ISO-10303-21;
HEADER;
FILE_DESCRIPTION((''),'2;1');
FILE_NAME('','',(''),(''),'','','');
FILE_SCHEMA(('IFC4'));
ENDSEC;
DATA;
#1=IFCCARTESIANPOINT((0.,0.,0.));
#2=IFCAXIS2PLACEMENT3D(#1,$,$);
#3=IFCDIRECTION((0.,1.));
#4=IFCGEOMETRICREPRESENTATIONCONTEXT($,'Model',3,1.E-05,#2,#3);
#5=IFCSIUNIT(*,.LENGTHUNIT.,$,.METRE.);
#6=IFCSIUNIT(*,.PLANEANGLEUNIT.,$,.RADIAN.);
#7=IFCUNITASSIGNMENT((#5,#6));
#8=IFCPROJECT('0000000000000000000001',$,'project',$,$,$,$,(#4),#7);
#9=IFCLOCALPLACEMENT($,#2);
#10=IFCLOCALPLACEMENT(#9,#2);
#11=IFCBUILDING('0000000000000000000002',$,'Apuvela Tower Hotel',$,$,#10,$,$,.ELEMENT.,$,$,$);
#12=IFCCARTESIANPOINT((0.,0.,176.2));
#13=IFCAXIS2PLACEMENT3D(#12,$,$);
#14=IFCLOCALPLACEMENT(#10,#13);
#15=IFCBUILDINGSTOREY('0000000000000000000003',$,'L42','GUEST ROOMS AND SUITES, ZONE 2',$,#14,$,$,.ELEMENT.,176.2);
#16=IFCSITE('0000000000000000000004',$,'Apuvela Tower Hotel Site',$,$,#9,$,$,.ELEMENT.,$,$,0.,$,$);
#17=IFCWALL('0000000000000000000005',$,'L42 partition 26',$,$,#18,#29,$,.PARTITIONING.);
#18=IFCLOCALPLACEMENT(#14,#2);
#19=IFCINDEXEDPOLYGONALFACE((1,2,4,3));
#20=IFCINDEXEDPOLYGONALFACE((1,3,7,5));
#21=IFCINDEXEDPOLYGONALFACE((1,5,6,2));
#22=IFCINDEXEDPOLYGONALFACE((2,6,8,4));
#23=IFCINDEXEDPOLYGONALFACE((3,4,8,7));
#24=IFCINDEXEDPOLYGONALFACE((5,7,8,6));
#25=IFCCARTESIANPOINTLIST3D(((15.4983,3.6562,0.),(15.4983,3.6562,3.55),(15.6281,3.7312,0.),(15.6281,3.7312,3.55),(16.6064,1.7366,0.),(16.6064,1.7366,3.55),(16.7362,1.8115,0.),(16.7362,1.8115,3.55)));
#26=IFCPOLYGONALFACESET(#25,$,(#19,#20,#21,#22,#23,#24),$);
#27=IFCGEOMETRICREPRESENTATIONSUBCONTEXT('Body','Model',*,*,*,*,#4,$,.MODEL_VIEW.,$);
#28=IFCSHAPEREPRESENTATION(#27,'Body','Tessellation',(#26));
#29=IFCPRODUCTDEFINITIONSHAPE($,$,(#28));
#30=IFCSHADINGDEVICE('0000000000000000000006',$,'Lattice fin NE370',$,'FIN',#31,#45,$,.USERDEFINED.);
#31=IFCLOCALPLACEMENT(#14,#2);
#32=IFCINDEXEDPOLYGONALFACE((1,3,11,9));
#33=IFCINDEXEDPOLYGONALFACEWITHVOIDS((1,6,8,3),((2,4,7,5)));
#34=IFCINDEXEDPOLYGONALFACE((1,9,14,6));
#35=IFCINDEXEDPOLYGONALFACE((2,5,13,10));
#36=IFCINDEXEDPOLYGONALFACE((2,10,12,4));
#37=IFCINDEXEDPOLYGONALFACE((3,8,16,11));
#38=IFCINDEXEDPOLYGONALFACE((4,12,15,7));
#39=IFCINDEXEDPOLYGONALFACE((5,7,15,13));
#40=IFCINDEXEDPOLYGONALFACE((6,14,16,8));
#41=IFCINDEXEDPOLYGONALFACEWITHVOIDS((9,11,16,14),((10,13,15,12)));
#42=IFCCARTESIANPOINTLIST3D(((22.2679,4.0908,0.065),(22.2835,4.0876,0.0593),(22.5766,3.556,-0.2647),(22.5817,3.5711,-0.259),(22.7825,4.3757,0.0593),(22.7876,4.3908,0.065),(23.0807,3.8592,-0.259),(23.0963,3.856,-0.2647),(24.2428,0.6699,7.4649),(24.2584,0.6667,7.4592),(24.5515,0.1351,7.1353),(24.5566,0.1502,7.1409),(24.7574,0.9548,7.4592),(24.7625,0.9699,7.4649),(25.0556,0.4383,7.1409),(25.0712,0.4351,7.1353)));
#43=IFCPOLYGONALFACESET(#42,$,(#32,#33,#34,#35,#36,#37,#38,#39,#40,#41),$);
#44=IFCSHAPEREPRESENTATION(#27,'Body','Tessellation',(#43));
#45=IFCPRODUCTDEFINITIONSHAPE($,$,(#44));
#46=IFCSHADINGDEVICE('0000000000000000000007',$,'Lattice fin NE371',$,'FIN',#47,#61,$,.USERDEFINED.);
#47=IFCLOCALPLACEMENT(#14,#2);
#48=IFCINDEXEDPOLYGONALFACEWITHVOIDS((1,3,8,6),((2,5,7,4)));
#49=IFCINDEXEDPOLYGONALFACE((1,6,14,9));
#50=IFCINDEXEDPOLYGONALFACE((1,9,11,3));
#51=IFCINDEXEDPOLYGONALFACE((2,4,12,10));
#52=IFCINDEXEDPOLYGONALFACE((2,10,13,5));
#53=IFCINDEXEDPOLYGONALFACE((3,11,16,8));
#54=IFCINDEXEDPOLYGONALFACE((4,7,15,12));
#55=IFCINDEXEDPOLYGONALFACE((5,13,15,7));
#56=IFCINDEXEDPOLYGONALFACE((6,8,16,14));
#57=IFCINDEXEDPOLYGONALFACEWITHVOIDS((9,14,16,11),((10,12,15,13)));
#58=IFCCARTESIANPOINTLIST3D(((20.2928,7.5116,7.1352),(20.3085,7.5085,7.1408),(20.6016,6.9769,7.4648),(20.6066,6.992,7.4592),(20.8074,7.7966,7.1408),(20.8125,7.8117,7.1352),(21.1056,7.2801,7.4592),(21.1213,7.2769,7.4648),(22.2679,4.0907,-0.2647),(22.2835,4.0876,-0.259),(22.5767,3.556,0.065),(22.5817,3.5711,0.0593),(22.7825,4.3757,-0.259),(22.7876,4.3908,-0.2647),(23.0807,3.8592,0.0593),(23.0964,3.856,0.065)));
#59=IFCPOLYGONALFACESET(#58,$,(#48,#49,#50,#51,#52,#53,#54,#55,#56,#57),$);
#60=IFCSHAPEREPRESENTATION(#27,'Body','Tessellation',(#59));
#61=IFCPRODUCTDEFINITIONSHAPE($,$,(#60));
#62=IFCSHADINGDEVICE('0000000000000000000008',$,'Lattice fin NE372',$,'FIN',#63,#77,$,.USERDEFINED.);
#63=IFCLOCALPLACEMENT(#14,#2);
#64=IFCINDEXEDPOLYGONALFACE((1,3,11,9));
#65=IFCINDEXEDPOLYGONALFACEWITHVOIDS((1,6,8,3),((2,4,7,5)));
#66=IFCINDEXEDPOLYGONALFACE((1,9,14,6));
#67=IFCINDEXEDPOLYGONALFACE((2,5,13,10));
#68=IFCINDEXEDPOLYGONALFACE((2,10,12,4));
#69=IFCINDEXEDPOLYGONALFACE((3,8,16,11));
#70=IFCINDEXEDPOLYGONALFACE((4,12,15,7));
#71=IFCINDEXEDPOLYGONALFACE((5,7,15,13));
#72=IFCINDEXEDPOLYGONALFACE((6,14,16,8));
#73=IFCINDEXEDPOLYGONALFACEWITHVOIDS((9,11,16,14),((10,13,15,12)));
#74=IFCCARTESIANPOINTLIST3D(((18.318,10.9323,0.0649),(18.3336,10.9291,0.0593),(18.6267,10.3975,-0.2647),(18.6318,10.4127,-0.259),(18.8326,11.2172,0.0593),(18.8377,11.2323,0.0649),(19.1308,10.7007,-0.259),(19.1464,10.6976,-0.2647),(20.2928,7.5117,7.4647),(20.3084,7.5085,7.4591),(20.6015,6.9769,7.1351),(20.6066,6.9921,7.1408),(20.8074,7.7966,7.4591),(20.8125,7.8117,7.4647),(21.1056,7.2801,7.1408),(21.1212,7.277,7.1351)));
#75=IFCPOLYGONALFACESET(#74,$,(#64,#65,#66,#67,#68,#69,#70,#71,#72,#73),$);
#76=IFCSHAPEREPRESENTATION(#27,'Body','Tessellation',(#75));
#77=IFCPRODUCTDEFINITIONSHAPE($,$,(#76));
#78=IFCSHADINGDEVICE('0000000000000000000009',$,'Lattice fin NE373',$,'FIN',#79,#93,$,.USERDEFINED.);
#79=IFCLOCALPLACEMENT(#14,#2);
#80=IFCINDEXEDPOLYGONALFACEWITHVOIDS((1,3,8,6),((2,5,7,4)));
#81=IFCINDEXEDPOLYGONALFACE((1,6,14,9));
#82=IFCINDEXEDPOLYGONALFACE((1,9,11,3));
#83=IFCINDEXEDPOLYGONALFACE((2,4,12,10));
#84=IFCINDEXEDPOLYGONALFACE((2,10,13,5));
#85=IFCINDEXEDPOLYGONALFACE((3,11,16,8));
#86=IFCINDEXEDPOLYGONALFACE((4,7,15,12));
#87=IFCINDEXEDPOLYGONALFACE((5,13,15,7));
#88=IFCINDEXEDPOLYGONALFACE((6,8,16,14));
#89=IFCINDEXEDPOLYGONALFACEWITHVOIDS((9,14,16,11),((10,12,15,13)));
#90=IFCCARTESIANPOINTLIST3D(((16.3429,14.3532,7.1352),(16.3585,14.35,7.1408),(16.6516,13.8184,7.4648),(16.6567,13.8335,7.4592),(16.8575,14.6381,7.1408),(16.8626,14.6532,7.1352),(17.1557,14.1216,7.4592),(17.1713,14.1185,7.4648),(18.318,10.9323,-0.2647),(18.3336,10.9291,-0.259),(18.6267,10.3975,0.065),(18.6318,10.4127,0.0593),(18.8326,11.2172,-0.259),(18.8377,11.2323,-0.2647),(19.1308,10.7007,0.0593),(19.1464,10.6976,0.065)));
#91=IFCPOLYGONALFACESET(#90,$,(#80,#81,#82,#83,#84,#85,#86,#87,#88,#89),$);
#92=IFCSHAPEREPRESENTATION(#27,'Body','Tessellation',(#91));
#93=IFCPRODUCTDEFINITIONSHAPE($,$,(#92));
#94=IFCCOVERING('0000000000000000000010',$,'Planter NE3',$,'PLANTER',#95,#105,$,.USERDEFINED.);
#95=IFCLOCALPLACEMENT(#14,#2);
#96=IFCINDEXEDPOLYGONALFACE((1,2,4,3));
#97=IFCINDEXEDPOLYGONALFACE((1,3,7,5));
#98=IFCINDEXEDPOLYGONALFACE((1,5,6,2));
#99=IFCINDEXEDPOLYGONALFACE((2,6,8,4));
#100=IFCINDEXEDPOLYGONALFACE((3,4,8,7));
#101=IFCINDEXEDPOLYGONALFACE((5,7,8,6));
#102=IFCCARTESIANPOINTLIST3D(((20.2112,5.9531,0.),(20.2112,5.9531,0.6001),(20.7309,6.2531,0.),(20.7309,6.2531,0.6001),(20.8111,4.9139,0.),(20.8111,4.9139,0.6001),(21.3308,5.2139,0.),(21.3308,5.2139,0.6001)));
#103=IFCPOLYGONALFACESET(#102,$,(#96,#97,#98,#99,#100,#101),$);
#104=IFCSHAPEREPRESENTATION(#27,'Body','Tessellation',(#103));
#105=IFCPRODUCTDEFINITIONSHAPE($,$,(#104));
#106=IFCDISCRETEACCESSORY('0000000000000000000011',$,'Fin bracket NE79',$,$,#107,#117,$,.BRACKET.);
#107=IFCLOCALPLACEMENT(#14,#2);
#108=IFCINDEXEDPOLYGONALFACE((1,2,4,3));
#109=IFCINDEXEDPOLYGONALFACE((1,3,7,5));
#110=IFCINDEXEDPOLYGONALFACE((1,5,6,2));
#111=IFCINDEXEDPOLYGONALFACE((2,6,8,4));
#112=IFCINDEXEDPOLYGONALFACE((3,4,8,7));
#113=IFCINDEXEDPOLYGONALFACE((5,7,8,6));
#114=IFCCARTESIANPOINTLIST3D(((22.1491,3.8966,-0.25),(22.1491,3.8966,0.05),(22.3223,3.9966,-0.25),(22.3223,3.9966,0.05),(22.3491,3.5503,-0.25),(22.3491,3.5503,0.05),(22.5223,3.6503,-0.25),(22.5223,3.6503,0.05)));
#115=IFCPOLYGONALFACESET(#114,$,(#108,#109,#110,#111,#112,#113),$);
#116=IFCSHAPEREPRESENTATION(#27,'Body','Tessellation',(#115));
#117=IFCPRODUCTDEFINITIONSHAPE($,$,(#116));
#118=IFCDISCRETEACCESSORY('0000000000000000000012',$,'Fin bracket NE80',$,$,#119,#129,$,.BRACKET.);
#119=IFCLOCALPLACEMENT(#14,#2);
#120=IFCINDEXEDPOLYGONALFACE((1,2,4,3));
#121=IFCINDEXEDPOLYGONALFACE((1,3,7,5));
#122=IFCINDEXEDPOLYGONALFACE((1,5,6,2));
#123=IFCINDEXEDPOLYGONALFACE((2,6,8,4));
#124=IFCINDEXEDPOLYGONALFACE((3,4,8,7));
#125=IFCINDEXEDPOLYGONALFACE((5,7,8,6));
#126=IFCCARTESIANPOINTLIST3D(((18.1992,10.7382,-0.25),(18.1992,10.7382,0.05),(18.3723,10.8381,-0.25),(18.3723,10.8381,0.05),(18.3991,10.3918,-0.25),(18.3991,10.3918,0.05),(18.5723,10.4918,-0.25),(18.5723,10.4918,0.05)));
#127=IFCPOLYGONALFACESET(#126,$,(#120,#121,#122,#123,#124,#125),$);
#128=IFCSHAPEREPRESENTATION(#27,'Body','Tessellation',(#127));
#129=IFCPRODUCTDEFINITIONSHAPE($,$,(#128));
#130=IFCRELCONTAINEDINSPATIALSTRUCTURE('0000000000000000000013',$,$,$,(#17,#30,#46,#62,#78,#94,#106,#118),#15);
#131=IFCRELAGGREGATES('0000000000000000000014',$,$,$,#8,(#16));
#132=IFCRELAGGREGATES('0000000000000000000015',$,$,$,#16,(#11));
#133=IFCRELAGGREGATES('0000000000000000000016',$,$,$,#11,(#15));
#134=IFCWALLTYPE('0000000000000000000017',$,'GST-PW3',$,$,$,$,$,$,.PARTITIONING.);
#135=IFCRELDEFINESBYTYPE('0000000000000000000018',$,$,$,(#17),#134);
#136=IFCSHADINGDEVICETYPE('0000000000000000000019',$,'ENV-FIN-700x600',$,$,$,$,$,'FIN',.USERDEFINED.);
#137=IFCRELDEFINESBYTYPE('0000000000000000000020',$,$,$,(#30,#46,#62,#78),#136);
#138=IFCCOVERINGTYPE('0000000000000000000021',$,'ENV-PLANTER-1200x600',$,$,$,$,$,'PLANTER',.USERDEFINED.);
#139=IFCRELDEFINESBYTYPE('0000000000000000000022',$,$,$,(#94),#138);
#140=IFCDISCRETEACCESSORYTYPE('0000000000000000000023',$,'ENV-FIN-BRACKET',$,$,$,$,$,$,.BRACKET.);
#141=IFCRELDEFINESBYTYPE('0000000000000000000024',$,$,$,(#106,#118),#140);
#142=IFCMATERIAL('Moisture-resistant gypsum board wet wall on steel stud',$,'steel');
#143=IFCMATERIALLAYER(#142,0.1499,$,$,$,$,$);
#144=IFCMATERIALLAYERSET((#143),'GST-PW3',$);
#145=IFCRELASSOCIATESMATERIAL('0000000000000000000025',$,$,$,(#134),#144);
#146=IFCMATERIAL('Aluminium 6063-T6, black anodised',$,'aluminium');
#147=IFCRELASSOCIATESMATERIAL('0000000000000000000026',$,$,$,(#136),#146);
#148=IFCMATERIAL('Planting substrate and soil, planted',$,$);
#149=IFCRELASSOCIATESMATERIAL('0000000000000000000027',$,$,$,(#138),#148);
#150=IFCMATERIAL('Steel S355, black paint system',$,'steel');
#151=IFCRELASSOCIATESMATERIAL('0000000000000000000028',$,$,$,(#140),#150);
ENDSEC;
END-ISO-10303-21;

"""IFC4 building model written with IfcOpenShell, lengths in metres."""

from ifc_helpers import new_model, si_unit, direction, frame, frame_2d, origin, origin_2d, place, context, subcontext, project, spatial, rectangle, hollow_rectangle, extrude, material, layer, layer_set, material_profile, profile_set, type_object, element, save


model = new_model("IFC4")

# Units and contexts
model_context = context("Model", 3, precision=1e-05, world=origin(), true_north=direction((0.0, 1.0)))
body_context = subcontext(model_context, "Body", "Model", "MODEL_VIEW")
ifc_project = project(units=[si_unit("LENGTHUNIT", "METRE"), si_unit("PLANEANGLEUNIT", "RADIAN")], contexts=[model_context])

# Site, building, storey
site_placement = place(None, origin())
site = spatial("IfcSite", under=ifc_project, at=site_placement, Name="Apuvela Tower Hotel Site", CompositionType="ELEMENT", RefElevation=0.0)
building_placement = place(site_placement, origin())
building = spatial("IfcBuilding", under=site, at=building_placement, Name="Apuvela Tower Hotel", CompositionType="ELEMENT")
storey_placement = place(building_placement, frame((0.0, 0.0, 176.2)))
storey = spatial("IfcBuildingStorey", under=building, at=storey_placement, Name="L42", Description="GUEST ROOMS AND SUITES, ZONE 2", CompositionType="ELEMENT", Elevation=176.2)

# Wall
ifc_material_1 = material(Name="Moisture-resistant gypsum board wet wall on steel stud", Category="steel")
ifc_layer_1 = layer(ifc_material_1, 0.1499)
ifc_layer_set_1 = layer_set([ifc_layer_1], Name="GST-PW3")
wall_type_1 = type_object("IfcWallType", Name="GST-PW3", PredefinedType="PARTITIONING", material=ifc_layer_set_1)
wall_1_placement = place(storey_placement, frame((16.6714, 1.7739, 0.0), z_axis=(0.0, 0.0, 1.0), x_axis=(-0.499942, 0.866059, 0.0)))
element("IfcWall", 1, at=wall_1_placement, inside=storey, type_object=wall_type_1, Name="L42 partition 26", PredefinedType="PARTITIONING", context=body_context, shape_type="SweptSolid", body=[
    extrude(rectangle(XDim=2.2166, YDim=0.1499, at=frame_2d((1.1084, 0.0))), origin(), (0.0, 0.0, 1.0), 3.55),
])

# Shading devices
ifc_material_2 = material(Name="Aluminium 6063-T6, black anodised", Category="aluminium")
ifc_material_profile_1 = material_profile(ifc_material_2, hollow_rectangle(XDim=0.6001, YDim=0.7, WallThickness=0.012, at=origin_2d()), Name="AL BOX 700x600x12")
ifc_profile_set_1 = profile_set([ifc_material_profile_1], Name="Aluminium 6063-T6, black anodised")
shading_device_type = type_object("IfcShadingDeviceType", Name="ENV-FIN-700x600", ElementType="FIN", PredefinedType="USERDEFINED", material=ifc_profile_set_1)
for number, where, z_axis, x_axis, name in (
    (2, (22.6821, 3.9734, -0.0999), (0.235434, -0.407825, 0.882185), (0.866048, 0.499961, 0.0), "Lattice fin NE370"),
    (3, (22.6821, 3.9734, -0.0999), (-0.235461, 0.407822, 0.882179), (-0.866021, -0.500008, 0.0), "Lattice fin NE371"),
):
    element("IfcShadingDevice", number, at=place(storey_placement, frame(where, z_axis=z_axis, x_axis=x_axis)), inside=storey, type_object=shading_device_type, Name=name, ObjectType="FIN", PredefinedType="USERDEFINED", context=body_context, shape_type="SweptSolid", body=[
        extrude(hollow_rectangle(XDim=0.6001, YDim=0.7, WallThickness=0.012, at=origin_2d()), origin(), (0.0, 0.0, 1.0), 8.3882),
    ])
shading_device_1_placement = place(storey_placement, frame((18.7322, 10.8149, -0.0999), z_axis=(0.235436, -0.407801, 0.882195), x_axis=(0.866032, 0.499988, 0.0)))
element("IfcShadingDevice", 4, at=shading_device_1_placement, inside=storey, type_object=shading_device_type, Name="Lattice fin NE372", ObjectType="FIN", PredefinedType="USERDEFINED", context=body_context, shape_type="SweptSolid", body=[
    extrude(hollow_rectangle(XDim=0.6001, YDim=0.7, WallThickness=0.012, at=origin_2d()), origin(), (0.0, 0.0, 1.0), 8.3879),
])
shading_device_2_placement = place(storey_placement, frame((18.7322, 10.8149, -0.0999), z_axis=(-0.235461, 0.407822, 0.882179), x_axis=(-0.866021, -0.500008, 0.0)))
element("IfcShadingDevice", 5, at=shading_device_2_placement, inside=storey, type_object=shading_device_type, Name="Lattice fin NE373", ObjectType="FIN", PredefinedType="USERDEFINED", context=body_context, shape_type="SweptSolid", body=[
    extrude(hollow_rectangle(XDim=0.6001, YDim=0.7, WallThickness=0.012, at=origin_2d()), origin(), (0.0, 0.0, 1.0), 8.3882),
])

# Covering
ifc_material_3 = material(Name="Planting substrate and soil, planted")
covering_type = type_object("IfcCoveringType", Name="ENV-PLANTER-1200x600", ElementType="PLANTER", PredefinedType="USERDEFINED", material=ifc_material_3)
covering_placement = place(storey_placement, frame((20.771, 5.5835, 0.0), z_axis=(0.0, 0.0, 1.0), x_axis=(-0.5, 0.866025, 0.0)))
element("IfcCovering", 6, at=covering_placement, inside=storey, type_object=covering_type, Name="Planter NE3", ObjectType="PLANTER", PredefinedType="USERDEFINED", context=body_context, shape_type="SweptSolid", body=[
    extrude(rectangle(XDim=1.2, YDim=0.6001, at=origin_2d()), origin(), (0.0, 0.0, 1.0), 0.6001),
])

# Discrete accessories
ifc_material_4 = material(Name="Steel S355, black paint system", Category="steel")
discrete_accessory_type = type_object("IfcDiscreteAccessoryType", Name="ENV-FIN-BRACKET", PredefinedType="BRACKET", material=ifc_material_4)
for number, where, z_axis, x_axis, name in (
    (7, (22.3357, 3.7734, -0.25), (0.0, 0.0, 1.0), (-0.5, 0.866025, 0.0), "Fin bracket NE79"),
    (8, (18.3857, 10.615, -0.25), (0.0, 0.0, 1.0), (-0.5, 0.866025, 0.0), "Fin bracket NE80"),
):
    element("IfcDiscreteAccessory", number, at=place(storey_placement, frame(where, z_axis=z_axis, x_axis=x_axis)), inside=storey, type_object=discrete_accessory_type, Name=name, PredefinedType="BRACKET", context=body_context, shape_type="SweptSolid", body=[
        extrude(rectangle(XDim=0.3999, YDim=0.2, at=origin_2d()), origin(), (0.0, 0.0, 1.0), 0.3),
    ])

save(model, "model.ifc")
